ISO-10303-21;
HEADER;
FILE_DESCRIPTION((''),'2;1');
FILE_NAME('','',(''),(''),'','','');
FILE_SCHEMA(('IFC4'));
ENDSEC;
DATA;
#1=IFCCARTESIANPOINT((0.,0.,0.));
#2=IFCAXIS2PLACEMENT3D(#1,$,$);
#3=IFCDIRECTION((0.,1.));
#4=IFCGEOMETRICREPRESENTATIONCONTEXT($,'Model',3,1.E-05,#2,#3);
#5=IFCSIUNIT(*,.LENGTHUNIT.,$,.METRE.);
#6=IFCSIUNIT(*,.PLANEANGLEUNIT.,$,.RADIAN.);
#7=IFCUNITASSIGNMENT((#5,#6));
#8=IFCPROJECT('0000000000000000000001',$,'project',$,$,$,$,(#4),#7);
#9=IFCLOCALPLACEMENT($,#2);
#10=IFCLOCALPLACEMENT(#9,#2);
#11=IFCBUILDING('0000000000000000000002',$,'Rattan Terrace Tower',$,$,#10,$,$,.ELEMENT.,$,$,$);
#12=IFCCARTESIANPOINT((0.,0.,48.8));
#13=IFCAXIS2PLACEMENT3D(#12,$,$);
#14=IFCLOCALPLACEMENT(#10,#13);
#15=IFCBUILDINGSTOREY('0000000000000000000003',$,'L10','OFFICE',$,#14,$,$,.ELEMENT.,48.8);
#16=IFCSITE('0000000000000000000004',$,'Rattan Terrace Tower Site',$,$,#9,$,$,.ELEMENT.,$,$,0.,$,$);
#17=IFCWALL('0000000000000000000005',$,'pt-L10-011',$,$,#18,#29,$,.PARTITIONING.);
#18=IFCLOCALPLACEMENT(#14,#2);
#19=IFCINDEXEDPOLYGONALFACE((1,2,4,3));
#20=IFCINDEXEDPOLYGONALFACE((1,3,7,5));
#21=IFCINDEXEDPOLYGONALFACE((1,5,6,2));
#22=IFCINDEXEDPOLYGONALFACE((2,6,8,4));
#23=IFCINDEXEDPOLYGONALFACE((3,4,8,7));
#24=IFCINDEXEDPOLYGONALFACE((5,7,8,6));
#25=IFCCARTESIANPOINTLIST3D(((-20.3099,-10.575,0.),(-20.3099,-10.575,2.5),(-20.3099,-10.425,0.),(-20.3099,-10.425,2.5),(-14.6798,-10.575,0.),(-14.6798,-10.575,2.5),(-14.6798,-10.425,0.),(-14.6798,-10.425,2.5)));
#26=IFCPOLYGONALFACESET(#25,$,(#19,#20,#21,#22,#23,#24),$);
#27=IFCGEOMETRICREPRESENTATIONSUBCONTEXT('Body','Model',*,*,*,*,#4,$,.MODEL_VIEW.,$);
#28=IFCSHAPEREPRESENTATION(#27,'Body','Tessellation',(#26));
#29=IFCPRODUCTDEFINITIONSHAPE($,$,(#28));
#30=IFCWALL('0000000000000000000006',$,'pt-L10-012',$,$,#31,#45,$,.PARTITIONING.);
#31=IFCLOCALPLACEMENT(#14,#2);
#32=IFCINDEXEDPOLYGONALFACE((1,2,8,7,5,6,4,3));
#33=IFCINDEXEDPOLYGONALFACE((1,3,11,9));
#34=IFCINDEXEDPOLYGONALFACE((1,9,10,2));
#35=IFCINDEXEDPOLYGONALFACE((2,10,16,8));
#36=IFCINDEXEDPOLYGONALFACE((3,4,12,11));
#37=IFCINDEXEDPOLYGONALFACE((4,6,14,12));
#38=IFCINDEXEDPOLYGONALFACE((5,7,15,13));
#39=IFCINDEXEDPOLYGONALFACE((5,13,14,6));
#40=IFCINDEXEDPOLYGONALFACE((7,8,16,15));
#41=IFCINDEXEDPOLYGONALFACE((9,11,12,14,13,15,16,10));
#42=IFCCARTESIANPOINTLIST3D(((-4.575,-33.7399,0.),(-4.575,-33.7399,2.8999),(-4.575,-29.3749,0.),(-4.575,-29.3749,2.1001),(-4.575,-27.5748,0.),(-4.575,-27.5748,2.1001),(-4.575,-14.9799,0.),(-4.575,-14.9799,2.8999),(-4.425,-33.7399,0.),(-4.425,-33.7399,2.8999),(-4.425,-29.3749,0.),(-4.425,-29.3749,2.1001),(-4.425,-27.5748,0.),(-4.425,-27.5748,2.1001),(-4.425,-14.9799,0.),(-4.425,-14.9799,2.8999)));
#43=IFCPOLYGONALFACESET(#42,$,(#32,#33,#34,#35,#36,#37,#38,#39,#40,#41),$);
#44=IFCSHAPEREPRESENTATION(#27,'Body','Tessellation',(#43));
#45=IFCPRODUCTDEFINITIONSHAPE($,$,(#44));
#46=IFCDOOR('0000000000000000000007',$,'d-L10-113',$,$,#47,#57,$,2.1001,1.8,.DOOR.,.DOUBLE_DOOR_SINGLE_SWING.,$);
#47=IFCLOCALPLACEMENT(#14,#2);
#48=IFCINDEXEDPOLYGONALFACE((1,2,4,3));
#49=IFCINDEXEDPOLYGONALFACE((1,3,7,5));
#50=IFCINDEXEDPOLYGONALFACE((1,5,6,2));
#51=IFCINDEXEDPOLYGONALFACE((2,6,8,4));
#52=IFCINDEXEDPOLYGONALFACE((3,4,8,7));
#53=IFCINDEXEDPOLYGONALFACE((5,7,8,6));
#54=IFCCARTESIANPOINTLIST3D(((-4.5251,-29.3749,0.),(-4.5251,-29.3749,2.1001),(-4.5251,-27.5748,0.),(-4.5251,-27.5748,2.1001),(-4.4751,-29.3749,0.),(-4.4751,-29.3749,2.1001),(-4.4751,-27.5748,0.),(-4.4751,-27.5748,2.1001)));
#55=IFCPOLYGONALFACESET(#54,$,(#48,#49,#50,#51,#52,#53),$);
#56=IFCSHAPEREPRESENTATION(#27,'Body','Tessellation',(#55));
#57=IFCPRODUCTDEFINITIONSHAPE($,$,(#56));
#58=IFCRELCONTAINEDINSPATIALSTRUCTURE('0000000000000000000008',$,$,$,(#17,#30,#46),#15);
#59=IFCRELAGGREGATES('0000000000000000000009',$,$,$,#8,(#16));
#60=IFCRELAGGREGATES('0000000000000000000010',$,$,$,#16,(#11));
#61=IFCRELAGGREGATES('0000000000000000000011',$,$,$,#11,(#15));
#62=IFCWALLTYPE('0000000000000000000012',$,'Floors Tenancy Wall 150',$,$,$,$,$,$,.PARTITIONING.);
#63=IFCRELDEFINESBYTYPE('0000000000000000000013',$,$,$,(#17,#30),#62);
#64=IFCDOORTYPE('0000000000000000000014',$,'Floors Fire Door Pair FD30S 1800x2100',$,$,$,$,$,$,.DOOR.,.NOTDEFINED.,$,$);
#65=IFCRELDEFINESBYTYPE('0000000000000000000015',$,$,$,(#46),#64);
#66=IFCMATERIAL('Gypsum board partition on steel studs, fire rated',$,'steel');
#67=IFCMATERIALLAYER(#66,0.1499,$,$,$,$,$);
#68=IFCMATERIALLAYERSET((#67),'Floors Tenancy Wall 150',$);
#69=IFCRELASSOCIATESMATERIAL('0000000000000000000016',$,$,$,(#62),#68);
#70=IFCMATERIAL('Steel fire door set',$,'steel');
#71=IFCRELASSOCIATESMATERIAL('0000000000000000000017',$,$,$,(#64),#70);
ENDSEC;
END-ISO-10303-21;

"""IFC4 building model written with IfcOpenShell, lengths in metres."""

from ifc_helpers import new_model, si_unit, direction, frame, frame_2d, origin, place, context, subcontext, project, spatial, rectangle, extrude, material, layer, layer_set, type_object, element, fill, save


model = new_model("IFC4")

# Units and contexts
model_context = context("Model", 3, precision=1e-05, world=origin(), true_north=direction((0.0, 1.0)))
body_context = subcontext(model_context, "Body", "Model", "MODEL_VIEW")
ifc_project = project(units=[si_unit("LENGTHUNIT", "METRE"), si_unit("PLANEANGLEUNIT", "RADIAN")], contexts=[model_context])

# Site, building, storey
site_placement = place(None, origin())
site = spatial("IfcSite", under=ifc_project, at=site_placement, Name="Rattan Terrace Tower Site", CompositionType="ELEMENT", RefElevation=0.0)
building_placement = place(site_placement, origin())
building = spatial("IfcBuilding", under=site, at=building_placement, Name="Rattan Terrace Tower", CompositionType="ELEMENT")
storey_placement = place(building_placement, frame((0.0, 0.0, 48.8)))
storey = spatial("IfcBuildingStorey", under=building, at=storey_placement, Name="L10", Description="OFFICE", CompositionType="ELEMENT", Elevation=48.8)

# Shared definitions
ifc_material_1 = material(Name="Gypsum board partition on steel studs, fire rated", Category="steel")
ifc_layer_1 = layer(ifc_material_1, 0.1499)
ifc_layer_set_1 = layer_set([ifc_layer_1], Name="Floors Tenancy Wall 150")
wall_type_1 = type_object("IfcWallType", Name="Floors Tenancy Wall 150", PredefinedType="PARTITIONING", material=ifc_layer_set_1)

# Shared definitions
ifc_material_2 = material(Name="Steel fire door set", Category="steel")
door_type_1 = type_object("IfcDoorType", Name="Floors Fire Door Pair FD30S 1800x2100", OperationType="NOTDEFINED", PredefinedType="DOOR", material=ifc_material_2)

# Wall
wall_1_placement = place(storey_placement, frame((-14.6799, -10.5, 0.0), z_axis=(0.0, 0.0, 1.0), x_axis=(-1.0, 0.0, 0.0)))
element("IfcWall", 1, at=wall_1_placement, inside=storey, type_object=wall_type_1, Name="pt-L10-011", PredefinedType="PARTITIONING", context=body_context, shape_type="SweptSolid", body=[
    extrude(rectangle(XDim=5.6301, YDim=0.1499, at=frame_2d((2.8149, 0.0))), origin(), (0.0, 0.0, 1.0), 2.5),
])

# Wall, opening, door
wall_2_placement = place(storey_placement, frame((-4.5, -14.98, 0.0), z_axis=(0.0, 0.0, 1.0), x_axis=(0.0, -1.0, 0.0)))
wall_2 = element("IfcWall", 2, at=wall_2_placement, inside=storey, type_object=wall_type_1, Name="pt-L10-012", PredefinedType="PARTITIONING", context=body_context, shape_type="SweptSolid", body=[
    extrude(rectangle(XDim=18.76, YDim=0.1499, at=frame_2d((9.3799, 0.0))), origin(), (0.0, 0.0, 1.0), 2.8999),
])
opening_1_placement = place(wall_2_placement, frame((12.595, 0.0, 0.0)))
opening_1 = element("IfcOpeningElement", 3, at=opening_1_placement, cuts=wall_2, PredefinedType="OPENING", context=body_context, shape_type="SweptSolid", body=[
    extrude(rectangle(XDim=1.8, YDim=2.1001, at=frame_2d((0.8999, 1.05))), frame((0.0, 0.0854, 0.0), z_axis=(0.0, -1.0, 0.0), x_axis=(1.0, 0.0, 0.0)), (0.0, 0.0, 1.0), 0.1709),
])
door_1_placement = place(opening_1_placement, origin())
door_1 = element("IfcDoor", 4, at=door_1_placement, inside=storey, type_object=door_type_1, Name="d-L10-113", OperationType="DOUBLE_DOOR_SINGLE_SWING", OverallHeight=2.1001, OverallWidth=1.8, PredefinedType="DOOR", context=body_context, shape_type="SweptSolid", body=[
    extrude(rectangle(XDim=1.8, YDim=2.1001, at=frame_2d((0.8999, 1.05))), frame((0.0, 0.0249, 0.0), z_axis=(0.0, -1.0, 0.0), x_axis=(1.0, 0.0, 0.0)), (0.0, 0.0, 1.0), 0.05),
])
fill(opening_1, door_1)

save(model, "model.ifc")
